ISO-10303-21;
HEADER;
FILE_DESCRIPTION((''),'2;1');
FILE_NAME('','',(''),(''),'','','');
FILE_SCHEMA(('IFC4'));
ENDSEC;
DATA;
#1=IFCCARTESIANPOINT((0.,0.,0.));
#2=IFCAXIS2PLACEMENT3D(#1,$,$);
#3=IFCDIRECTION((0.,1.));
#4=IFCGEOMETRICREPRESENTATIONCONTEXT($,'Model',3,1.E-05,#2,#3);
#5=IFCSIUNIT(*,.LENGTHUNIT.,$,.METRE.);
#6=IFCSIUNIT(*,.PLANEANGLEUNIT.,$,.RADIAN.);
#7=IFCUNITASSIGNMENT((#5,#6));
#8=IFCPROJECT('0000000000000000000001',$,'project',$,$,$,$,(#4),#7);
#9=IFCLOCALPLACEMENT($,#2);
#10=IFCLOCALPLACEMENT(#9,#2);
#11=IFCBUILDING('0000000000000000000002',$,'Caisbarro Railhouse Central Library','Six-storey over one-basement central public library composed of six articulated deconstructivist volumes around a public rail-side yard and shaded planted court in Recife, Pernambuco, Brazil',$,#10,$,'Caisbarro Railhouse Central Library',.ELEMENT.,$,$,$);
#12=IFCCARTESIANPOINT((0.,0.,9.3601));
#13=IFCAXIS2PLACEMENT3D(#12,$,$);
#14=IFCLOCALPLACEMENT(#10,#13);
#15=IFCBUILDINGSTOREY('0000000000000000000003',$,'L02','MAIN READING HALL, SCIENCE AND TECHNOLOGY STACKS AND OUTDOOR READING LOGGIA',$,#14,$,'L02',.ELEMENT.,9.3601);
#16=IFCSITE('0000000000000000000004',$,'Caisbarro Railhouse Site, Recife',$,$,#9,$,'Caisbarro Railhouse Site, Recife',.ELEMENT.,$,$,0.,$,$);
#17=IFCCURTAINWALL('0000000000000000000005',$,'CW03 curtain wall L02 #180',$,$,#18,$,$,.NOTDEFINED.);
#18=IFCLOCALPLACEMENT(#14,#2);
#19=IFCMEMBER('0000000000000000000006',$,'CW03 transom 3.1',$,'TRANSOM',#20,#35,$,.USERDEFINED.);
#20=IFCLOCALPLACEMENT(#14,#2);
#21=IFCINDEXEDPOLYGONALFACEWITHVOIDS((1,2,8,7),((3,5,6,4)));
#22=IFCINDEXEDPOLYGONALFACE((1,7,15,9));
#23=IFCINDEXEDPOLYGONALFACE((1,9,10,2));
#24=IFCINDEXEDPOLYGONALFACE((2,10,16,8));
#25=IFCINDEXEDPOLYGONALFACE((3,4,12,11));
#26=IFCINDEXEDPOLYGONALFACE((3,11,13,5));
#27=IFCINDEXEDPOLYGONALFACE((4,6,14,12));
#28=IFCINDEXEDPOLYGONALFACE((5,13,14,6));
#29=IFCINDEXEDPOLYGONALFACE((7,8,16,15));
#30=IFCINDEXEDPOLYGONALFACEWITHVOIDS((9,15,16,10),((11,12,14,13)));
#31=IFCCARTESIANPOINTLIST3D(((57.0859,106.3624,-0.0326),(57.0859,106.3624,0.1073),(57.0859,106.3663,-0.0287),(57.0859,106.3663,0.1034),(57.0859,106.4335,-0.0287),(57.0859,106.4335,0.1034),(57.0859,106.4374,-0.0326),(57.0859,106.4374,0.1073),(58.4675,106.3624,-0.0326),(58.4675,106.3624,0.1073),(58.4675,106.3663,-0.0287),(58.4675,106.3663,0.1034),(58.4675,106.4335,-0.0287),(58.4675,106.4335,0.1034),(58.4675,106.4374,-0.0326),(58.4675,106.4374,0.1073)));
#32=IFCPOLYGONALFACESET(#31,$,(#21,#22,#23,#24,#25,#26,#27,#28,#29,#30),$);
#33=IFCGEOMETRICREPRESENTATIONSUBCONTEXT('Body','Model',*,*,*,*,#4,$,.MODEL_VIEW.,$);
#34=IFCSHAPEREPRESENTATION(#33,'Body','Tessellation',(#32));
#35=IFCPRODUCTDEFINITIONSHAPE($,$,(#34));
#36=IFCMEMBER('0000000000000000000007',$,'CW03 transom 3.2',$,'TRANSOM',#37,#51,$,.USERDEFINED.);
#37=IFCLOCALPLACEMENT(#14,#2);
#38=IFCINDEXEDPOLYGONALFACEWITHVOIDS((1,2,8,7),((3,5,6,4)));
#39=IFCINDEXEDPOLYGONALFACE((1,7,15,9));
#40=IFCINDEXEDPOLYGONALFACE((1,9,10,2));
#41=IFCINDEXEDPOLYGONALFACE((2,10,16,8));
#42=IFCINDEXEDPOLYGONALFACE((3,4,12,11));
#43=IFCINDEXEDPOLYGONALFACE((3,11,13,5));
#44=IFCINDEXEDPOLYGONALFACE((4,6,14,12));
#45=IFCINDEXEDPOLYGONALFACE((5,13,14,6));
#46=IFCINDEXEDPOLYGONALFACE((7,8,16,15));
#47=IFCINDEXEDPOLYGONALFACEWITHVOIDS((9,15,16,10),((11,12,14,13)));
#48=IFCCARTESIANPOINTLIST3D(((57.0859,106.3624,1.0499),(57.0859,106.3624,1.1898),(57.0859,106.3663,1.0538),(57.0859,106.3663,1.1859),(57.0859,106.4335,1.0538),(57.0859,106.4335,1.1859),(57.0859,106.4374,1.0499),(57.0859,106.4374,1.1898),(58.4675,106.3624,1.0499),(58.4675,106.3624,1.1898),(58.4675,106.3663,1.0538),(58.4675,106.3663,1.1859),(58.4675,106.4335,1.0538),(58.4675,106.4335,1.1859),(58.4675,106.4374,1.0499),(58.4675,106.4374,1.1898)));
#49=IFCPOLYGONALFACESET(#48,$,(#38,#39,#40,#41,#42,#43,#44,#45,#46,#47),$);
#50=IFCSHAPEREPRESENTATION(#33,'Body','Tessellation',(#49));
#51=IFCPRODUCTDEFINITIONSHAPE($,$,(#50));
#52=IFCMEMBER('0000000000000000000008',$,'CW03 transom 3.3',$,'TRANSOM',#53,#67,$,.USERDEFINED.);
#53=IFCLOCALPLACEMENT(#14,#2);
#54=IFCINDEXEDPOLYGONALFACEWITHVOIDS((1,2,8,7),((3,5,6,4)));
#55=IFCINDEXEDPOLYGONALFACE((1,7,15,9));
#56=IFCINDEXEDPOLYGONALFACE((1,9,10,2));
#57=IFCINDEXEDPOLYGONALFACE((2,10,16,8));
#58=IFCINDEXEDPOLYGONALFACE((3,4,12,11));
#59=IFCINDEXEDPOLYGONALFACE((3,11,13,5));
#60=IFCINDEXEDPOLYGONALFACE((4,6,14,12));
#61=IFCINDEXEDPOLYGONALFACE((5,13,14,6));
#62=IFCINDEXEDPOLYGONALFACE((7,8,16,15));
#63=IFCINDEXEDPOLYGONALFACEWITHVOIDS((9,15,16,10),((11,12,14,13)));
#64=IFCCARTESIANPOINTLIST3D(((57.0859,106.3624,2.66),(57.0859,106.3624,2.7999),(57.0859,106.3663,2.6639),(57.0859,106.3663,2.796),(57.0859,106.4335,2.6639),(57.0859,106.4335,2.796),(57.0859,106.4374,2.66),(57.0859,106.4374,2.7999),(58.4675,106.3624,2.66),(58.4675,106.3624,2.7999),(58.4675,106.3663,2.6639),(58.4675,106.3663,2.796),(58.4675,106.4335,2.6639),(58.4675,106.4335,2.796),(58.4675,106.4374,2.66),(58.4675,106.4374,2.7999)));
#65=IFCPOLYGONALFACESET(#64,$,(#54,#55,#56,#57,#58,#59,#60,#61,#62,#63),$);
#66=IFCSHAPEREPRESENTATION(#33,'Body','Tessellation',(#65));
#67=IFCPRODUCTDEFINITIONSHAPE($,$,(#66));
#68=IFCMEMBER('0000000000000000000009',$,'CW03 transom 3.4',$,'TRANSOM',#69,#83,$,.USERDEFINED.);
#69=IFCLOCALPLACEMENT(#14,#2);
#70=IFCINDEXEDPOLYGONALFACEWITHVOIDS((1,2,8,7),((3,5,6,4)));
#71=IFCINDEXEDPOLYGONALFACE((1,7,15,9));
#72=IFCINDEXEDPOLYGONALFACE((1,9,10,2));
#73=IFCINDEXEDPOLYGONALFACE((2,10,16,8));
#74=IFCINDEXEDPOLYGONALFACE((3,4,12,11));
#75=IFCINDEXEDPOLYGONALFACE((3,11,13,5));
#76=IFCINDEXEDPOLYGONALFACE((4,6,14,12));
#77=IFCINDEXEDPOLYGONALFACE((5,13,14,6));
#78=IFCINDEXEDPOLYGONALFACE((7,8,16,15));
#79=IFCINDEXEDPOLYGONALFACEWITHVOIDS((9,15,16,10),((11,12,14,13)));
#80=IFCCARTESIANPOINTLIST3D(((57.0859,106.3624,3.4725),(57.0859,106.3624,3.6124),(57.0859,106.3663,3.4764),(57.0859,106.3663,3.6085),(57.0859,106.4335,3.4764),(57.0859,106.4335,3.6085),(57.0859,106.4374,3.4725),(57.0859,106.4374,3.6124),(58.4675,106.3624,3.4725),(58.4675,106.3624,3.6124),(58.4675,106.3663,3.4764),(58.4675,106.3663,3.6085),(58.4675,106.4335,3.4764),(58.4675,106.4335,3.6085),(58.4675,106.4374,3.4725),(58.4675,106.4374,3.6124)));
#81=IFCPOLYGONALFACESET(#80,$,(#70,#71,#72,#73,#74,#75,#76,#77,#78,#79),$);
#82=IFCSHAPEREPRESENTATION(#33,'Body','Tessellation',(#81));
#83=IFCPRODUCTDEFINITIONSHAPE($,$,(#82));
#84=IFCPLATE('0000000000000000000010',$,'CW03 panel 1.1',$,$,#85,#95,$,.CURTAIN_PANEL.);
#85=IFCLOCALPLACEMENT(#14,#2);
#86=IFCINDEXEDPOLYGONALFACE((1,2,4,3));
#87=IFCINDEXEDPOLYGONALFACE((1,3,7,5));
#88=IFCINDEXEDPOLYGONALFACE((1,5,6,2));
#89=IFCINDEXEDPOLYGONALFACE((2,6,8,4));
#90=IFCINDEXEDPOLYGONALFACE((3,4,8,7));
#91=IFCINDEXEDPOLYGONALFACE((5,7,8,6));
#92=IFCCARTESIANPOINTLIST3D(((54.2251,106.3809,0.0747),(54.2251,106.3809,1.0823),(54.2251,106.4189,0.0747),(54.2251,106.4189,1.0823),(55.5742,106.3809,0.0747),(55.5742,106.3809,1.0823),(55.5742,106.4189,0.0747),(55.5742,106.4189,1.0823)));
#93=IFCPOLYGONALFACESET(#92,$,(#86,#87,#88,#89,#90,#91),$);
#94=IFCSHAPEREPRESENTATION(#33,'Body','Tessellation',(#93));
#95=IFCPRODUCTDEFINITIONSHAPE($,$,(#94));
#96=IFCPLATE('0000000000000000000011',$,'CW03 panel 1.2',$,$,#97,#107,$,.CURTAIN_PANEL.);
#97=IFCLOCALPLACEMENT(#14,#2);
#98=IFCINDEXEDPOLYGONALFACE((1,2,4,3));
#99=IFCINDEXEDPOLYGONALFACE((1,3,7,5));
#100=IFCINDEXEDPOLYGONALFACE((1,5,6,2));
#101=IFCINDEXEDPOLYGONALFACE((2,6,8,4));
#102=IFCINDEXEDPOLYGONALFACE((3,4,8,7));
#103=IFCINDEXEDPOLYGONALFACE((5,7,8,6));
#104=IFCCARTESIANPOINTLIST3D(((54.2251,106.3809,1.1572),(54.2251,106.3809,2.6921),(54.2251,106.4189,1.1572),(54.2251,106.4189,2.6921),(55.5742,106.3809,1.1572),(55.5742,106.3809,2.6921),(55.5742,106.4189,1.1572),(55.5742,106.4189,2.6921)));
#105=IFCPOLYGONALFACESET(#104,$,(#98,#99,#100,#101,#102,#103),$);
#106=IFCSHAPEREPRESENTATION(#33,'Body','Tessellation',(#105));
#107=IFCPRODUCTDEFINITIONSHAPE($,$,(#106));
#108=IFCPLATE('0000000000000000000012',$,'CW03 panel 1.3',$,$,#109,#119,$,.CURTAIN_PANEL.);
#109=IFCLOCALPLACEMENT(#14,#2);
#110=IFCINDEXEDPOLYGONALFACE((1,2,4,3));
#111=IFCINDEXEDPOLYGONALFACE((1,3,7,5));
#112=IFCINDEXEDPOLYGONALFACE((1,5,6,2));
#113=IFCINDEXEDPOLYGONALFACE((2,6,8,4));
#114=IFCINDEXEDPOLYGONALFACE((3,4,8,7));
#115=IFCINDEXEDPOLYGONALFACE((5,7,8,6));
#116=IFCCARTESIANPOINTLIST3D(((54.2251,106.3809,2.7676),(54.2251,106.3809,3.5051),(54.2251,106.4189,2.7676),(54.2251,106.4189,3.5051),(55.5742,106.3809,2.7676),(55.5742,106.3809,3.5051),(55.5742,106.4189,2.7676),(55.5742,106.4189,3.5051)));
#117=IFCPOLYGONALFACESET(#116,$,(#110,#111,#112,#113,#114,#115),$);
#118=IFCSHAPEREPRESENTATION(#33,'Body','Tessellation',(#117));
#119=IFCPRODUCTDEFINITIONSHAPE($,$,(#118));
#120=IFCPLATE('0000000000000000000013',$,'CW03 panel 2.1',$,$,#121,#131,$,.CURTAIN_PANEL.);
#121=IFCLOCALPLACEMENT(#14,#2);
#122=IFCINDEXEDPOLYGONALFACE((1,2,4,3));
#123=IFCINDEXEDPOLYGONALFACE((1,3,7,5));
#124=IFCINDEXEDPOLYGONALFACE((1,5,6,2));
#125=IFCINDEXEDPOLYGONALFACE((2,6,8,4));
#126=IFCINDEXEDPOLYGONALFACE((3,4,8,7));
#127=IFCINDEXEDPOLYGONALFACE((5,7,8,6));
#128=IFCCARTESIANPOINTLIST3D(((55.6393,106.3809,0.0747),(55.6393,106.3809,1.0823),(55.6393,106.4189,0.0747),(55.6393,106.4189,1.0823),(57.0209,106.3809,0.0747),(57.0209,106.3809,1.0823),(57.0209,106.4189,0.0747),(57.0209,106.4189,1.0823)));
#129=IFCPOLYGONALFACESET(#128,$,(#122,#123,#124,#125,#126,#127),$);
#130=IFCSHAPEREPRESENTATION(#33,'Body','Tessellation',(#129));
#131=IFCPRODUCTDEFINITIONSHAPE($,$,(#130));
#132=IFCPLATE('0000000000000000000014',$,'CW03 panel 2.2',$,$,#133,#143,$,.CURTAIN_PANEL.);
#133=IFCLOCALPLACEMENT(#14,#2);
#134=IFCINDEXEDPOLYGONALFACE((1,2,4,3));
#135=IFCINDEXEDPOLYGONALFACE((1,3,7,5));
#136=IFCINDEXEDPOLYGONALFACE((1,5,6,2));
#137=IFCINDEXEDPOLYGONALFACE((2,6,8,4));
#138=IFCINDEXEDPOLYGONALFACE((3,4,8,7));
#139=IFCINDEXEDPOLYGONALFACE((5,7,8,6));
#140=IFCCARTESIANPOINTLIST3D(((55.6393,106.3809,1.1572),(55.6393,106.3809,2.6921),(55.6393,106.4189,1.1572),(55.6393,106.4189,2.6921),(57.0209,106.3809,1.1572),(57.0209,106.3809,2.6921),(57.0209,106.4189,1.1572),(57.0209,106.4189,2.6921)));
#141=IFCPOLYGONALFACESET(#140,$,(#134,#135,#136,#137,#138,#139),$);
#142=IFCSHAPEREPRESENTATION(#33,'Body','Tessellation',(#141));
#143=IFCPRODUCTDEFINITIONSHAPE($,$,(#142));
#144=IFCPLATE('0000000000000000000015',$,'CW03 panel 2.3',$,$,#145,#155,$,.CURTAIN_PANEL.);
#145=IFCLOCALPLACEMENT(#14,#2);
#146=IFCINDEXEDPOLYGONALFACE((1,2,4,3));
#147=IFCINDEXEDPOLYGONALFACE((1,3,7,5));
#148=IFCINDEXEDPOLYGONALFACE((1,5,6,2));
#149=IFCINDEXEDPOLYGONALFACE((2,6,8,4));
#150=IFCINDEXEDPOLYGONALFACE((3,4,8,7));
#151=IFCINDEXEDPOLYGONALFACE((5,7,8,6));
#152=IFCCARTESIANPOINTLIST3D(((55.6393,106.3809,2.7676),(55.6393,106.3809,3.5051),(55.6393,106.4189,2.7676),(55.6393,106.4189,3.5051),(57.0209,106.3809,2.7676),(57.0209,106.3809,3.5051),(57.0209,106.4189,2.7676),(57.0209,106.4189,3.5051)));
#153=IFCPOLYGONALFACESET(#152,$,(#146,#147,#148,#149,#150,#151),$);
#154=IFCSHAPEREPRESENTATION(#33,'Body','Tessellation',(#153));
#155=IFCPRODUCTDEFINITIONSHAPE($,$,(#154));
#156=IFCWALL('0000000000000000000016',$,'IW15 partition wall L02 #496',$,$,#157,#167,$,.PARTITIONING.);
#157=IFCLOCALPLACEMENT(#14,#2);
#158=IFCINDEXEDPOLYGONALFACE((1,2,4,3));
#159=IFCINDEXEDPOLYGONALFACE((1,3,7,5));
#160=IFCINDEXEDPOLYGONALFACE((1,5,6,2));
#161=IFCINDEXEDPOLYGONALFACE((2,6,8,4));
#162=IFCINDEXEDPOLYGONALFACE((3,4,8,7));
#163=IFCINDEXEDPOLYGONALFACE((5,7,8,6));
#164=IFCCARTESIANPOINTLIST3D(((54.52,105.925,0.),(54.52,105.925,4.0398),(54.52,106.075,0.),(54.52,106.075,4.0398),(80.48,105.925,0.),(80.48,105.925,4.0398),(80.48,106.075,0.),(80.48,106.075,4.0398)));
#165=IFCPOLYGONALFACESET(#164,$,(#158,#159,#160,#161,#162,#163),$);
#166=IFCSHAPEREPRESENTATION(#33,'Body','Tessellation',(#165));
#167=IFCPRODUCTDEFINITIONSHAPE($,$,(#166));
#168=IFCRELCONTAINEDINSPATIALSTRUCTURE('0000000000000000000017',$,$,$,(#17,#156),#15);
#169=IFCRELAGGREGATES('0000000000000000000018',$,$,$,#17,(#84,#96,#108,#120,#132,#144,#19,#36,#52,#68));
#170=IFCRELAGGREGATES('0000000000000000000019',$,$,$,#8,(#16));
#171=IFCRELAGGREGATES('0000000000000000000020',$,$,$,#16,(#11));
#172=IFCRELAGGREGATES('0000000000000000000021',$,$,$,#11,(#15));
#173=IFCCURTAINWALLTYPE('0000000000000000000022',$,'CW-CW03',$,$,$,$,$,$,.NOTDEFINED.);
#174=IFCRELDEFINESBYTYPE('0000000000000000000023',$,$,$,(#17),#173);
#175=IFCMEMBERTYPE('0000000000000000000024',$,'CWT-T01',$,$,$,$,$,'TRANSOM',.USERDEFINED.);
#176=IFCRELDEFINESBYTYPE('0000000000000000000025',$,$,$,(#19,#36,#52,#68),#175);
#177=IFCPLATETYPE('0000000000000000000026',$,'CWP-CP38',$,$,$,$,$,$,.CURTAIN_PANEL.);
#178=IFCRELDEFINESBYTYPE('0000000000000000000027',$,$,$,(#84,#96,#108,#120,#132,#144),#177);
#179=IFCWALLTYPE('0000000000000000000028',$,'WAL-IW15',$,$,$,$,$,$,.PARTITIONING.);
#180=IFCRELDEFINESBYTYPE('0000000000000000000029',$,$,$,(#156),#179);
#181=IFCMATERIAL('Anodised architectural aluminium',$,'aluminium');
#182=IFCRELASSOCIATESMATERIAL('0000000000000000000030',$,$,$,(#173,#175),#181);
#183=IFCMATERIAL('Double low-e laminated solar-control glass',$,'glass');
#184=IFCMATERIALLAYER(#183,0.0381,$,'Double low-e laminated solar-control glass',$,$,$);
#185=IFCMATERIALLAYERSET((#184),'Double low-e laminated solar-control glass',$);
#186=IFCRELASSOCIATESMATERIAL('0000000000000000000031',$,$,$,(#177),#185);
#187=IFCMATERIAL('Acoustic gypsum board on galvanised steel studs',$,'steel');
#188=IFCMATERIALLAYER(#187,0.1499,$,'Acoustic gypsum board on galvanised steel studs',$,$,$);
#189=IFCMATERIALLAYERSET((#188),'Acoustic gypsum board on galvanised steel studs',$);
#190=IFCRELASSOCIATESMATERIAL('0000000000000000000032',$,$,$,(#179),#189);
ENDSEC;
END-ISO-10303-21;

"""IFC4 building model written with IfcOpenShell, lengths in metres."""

from ifc_helpers import new_model, si_unit, direction, frame, frame_2d, origin, origin_2d, place, context, subcontext, project, spatial, rectangle, hollow_rectangle, extrude, material, layer, layer_set, material_profile, profile_set, type_object, element, aggregate, save


model = new_model("IFC4")

# Units and contexts
model_context = context("Model", 3, precision=1e-05, world=origin(), true_north=direction((0.0, 1.0)))
body_context = subcontext(model_context, "Body", "Model", "MODEL_VIEW")
ifc_project = project(units=[si_unit("LENGTHUNIT", "METRE"), si_unit("PLANEANGLEUNIT", "RADIAN")], contexts=[model_context])

# Site, building, storey
site_placement = place(None, origin())
site = spatial("IfcSite", under=ifc_project, at=site_placement, Name="Caisbarro Railhouse Site, Recife", LongName="Caisbarro Railhouse Site, Recife", CompositionType="ELEMENT", RefElevation=0.0)
building_placement = place(site_placement, origin())
building = spatial("IfcBuilding", under=site, at=building_placement, Name="Caisbarro Railhouse Central Library", Description="Six-storey over one-basement central public library composed of six articulated deconstructivist volumes around a public rail-side yard and shaded planted court in Recife, Pernambuco, Brazil", LongName="Caisbarro Railhouse Central Library", CompositionType="ELEMENT")
storey_placement = place(building_placement, frame((0.0, 0.0, 9.3601)))
storey = spatial("IfcBuildingStorey", under=building, at=storey_placement, Name="L02", Description="MAIN READING HALL, SCIENCE AND TECHNOLOGY STACKS AND OUTDOOR READING LOGGIA", LongName="L02", CompositionType="ELEMENT", Elevation=9.3601)

# Curtain wall, members, plates
ifc_material_1 = material(Name="Anodised architectural aluminium", Category="aluminium")
curtain_wall_type = type_object("IfcCurtainWallType", Name="CW-CW03", PredefinedType="NOTDEFINED", material=ifc_material_1)
curtain_wall_placement = place(storey_placement, origin())
curtain_wall = element("IfcCurtainWall", 1, at=curtain_wall_placement, inside=storey, type_object=curtain_wall_type, Name="CW03 curtain wall L02 #180", PredefinedType="NOTDEFINED")
ifc_material_profile_1 = material_profile(ifc_material_1, hollow_rectangle(XDim=0.075, YDim=0.1399, WallThickness=0.0039, at=origin_2d()), Name="ALU-TRN-75X140")
ifc_profile_set_1 = profile_set([ifc_material_profile_1], Name="Anodised architectural aluminium")
member_type_1 = type_object("IfcMemberType", Name="CWT-T01", ElementType="TRANSOM", PredefinedType="USERDEFINED", material=ifc_profile_set_1)
member_1_placement = place(storey_placement, frame((57.0859, 106.3999, 0.0374), z_axis=(1.0, 0.0, 0.0), x_axis=(0.0, 1.0, 0.0)))
member_1 = element("IfcMember", 2, at=member_1_placement, type_object=member_type_1, Name="CW03 transom 3.1", ObjectType="TRANSOM", PredefinedType="USERDEFINED", context=body_context, shape_type="SweptSolid", body=[
    extrude(hollow_rectangle(XDim=0.075, YDim=0.1399, WallThickness=0.0039, at=origin_2d()), origin(), (0.0, 0.0, 1.0), 1.3816),
])
member_2_placement = place(storey_placement, frame((57.0859, 106.3999, 1.1199), z_axis=(1.0, 0.0, 0.0), x_axis=(0.0, 1.0, 0.0)))
member_2 = element("IfcMember", 3, at=member_2_placement, type_object=member_type_1, Name="CW03 transom 3.2", ObjectType="TRANSOM", PredefinedType="USERDEFINED", context=body_context, shape_type="SweptSolid", body=[
    extrude(hollow_rectangle(XDim=0.075, YDim=0.1399, WallThickness=0.0039, at=origin_2d()), origin(), (0.0, 0.0, 1.0), 1.3816),
])
member_3_placement = place(storey_placement, frame((57.0859, 106.3999, 2.73), z_axis=(1.0, 0.0, 0.0), x_axis=(0.0, 1.0, 0.0)))
member_3 = element("IfcMember", 4, at=member_3_placement, type_object=member_type_1, Name="CW03 transom 3.3", ObjectType="TRANSOM", PredefinedType="USERDEFINED", context=body_context, shape_type="SweptSolid", body=[
    extrude(hollow_rectangle(XDim=0.075, YDim=0.1399, WallThickness=0.0039, at=origin_2d()), origin(), (0.0, 0.0, 1.0), 1.3816),
])
member_4_placement = place(storey_placement, frame((57.0859, 106.3999, 3.5425), z_axis=(1.0, 0.0, 0.0), x_axis=(0.0, 1.0, 0.0)))
member_4 = element("IfcMember", 5, at=member_4_placement, type_object=member_type_1, Name="CW03 transom 3.4", ObjectType="TRANSOM", PredefinedType="USERDEFINED", context=body_context, shape_type="SweptSolid", body=[
    extrude(hollow_rectangle(XDim=0.075, YDim=0.1399, WallThickness=0.0039, at=origin_2d()), origin(), (0.0, 0.0, 1.0), 1.3816),
])
ifc_material_2 = material(Name="Double low-e laminated solar-control glass", Category="glass")
ifc_layer_1 = layer(ifc_material_2, 0.0381, Name="Double low-e laminated solar-control glass")
ifc_layer_set_1 = layer_set([ifc_layer_1], Name="Double low-e laminated solar-control glass")
plate_type = type_object("IfcPlateType", Name="CWP-CP38", PredefinedType="CURTAIN_PANEL", material=ifc_layer_set_1)
plate_1_placement = place(storey_placement, frame((54.8997, 106.3999, 0.0747), z_axis=(0.0, 0.0, 1.0), x_axis=(1.0, 0.0, 0.0)))
plate_1 = element("IfcPlate", 6, at=plate_1_placement, type_object=plate_type, Name="CW03 panel 1.1", PredefinedType="CURTAIN_PANEL", context=body_context, shape_type="SweptSolid", body=[
    extrude(rectangle(XDim=1.3491, YDim=0.0381, at=origin_2d()), origin(), (0.0, 0.0, 1.0), 1.0076),
])
plate_2_placement = place(storey_placement, frame((54.8997, 106.3999, 1.1572), z_axis=(0.0, 0.0, 1.0), x_axis=(1.0, 0.0, 0.0)))
plate_2 = element("IfcPlate", 7, at=plate_2_placement, type_object=plate_type, Name="CW03 panel 1.2", PredefinedType="CURTAIN_PANEL", context=body_context, shape_type="SweptSolid", body=[
    extrude(rectangle(XDim=1.3491, YDim=0.0381, at=origin_2d()), origin(), (0.0, 0.0, 1.0), 1.5349),
])
plate_3_placement = place(storey_placement, frame((54.8997, 106.3999, 2.7676), z_axis=(0.0, 0.0, 1.0), x_axis=(1.0, 0.0, 0.0)))
plate_3 = element("IfcPlate", 8, at=plate_3_placement, type_object=plate_type, Name="CW03 panel 1.3", PredefinedType="CURTAIN_PANEL", context=body_context, shape_type="SweptSolid", body=[
    extrude(rectangle(XDim=1.3491, YDim=0.0381, at=origin_2d()), origin(), (0.0, 0.0, 1.0), 0.7375),
])
plate_4_placement = place(storey_placement, frame((56.3301, 106.3999, 0.0747), z_axis=(0.0, 0.0, 1.0), x_axis=(1.0, 0.0, 0.0)))
plate_4 = element("IfcPlate", 9, at=plate_4_placement, type_object=plate_type, Name="CW03 panel 2.1", PredefinedType="CURTAIN_PANEL", context=body_context, shape_type="SweptSolid", body=[
    extrude(rectangle(XDim=1.3816, YDim=0.0381, at=origin_2d()), origin(), (0.0, 0.0, 1.0), 1.0076),
])
plate_5_placement = place(storey_placement, frame((56.3301, 106.3999, 1.1572), z_axis=(0.0, 0.0, 1.0), x_axis=(1.0, 0.0, 0.0)))
plate_5 = element("IfcPlate", 10, at=plate_5_placement, type_object=plate_type, Name="CW03 panel 2.2", PredefinedType="CURTAIN_PANEL", context=body_context, shape_type="SweptSolid", body=[
    extrude(rectangle(XDim=1.3816, YDim=0.0381, at=origin_2d()), origin(), (0.0, 0.0, 1.0), 1.5349),
])
plate_6_placement = place(storey_placement, frame((56.3301, 106.3999, 2.7676), z_axis=(0.0, 0.0, 1.0), x_axis=(1.0, 0.0, 0.0)))
plate_6 = element("IfcPlate", 11, at=plate_6_placement, type_object=plate_type, Name="CW03 panel 2.3", PredefinedType="CURTAIN_PANEL", context=body_context, shape_type="SweptSolid", body=[
    extrude(rectangle(XDim=1.3816, YDim=0.0381, at=origin_2d()), origin(), (0.0, 0.0, 1.0), 0.7375),
])
aggregate(curtain_wall, [plate_1, plate_2, plate_3, plate_4, plate_5, plate_6, member_1, member_2, member_3, member_4])

# Wall
ifc_material_3 = material(Name="Acoustic gypsum board on galvanised steel studs", Category="steel")
ifc_layer_2 = layer(ifc_material_3, 0.1499, Name="Acoustic gypsum board on galvanised steel studs")
ifc_layer_set_2 = layer_set([ifc_layer_2], Name="Acoustic gypsum board on galvanised steel studs")
wall_type = type_object("IfcWallType", Name="WAL-IW15", PredefinedType="PARTITIONING", material=ifc_layer_set_2)
wall_placement = place(storey_placement, frame((54.52, 106.0, 0.0), z_axis=(0.0, 0.0, 1.0), x_axis=(1.0, 0.0, 0.0)))
element("IfcWall", 12, at=wall_placement, inside=storey, type_object=wall_type, Name="IW15 partition wall L02 #496", PredefinedType="PARTITIONING", context=body_context, shape_type="SweptSolid", body=[
    extrude(rectangle(XDim=25.96, YDim=0.1499, at=frame_2d((12.98, 0.0))), origin(), (0.0, 0.0, 1.0), 4.0398),
])

save(model, "model.ifc")
